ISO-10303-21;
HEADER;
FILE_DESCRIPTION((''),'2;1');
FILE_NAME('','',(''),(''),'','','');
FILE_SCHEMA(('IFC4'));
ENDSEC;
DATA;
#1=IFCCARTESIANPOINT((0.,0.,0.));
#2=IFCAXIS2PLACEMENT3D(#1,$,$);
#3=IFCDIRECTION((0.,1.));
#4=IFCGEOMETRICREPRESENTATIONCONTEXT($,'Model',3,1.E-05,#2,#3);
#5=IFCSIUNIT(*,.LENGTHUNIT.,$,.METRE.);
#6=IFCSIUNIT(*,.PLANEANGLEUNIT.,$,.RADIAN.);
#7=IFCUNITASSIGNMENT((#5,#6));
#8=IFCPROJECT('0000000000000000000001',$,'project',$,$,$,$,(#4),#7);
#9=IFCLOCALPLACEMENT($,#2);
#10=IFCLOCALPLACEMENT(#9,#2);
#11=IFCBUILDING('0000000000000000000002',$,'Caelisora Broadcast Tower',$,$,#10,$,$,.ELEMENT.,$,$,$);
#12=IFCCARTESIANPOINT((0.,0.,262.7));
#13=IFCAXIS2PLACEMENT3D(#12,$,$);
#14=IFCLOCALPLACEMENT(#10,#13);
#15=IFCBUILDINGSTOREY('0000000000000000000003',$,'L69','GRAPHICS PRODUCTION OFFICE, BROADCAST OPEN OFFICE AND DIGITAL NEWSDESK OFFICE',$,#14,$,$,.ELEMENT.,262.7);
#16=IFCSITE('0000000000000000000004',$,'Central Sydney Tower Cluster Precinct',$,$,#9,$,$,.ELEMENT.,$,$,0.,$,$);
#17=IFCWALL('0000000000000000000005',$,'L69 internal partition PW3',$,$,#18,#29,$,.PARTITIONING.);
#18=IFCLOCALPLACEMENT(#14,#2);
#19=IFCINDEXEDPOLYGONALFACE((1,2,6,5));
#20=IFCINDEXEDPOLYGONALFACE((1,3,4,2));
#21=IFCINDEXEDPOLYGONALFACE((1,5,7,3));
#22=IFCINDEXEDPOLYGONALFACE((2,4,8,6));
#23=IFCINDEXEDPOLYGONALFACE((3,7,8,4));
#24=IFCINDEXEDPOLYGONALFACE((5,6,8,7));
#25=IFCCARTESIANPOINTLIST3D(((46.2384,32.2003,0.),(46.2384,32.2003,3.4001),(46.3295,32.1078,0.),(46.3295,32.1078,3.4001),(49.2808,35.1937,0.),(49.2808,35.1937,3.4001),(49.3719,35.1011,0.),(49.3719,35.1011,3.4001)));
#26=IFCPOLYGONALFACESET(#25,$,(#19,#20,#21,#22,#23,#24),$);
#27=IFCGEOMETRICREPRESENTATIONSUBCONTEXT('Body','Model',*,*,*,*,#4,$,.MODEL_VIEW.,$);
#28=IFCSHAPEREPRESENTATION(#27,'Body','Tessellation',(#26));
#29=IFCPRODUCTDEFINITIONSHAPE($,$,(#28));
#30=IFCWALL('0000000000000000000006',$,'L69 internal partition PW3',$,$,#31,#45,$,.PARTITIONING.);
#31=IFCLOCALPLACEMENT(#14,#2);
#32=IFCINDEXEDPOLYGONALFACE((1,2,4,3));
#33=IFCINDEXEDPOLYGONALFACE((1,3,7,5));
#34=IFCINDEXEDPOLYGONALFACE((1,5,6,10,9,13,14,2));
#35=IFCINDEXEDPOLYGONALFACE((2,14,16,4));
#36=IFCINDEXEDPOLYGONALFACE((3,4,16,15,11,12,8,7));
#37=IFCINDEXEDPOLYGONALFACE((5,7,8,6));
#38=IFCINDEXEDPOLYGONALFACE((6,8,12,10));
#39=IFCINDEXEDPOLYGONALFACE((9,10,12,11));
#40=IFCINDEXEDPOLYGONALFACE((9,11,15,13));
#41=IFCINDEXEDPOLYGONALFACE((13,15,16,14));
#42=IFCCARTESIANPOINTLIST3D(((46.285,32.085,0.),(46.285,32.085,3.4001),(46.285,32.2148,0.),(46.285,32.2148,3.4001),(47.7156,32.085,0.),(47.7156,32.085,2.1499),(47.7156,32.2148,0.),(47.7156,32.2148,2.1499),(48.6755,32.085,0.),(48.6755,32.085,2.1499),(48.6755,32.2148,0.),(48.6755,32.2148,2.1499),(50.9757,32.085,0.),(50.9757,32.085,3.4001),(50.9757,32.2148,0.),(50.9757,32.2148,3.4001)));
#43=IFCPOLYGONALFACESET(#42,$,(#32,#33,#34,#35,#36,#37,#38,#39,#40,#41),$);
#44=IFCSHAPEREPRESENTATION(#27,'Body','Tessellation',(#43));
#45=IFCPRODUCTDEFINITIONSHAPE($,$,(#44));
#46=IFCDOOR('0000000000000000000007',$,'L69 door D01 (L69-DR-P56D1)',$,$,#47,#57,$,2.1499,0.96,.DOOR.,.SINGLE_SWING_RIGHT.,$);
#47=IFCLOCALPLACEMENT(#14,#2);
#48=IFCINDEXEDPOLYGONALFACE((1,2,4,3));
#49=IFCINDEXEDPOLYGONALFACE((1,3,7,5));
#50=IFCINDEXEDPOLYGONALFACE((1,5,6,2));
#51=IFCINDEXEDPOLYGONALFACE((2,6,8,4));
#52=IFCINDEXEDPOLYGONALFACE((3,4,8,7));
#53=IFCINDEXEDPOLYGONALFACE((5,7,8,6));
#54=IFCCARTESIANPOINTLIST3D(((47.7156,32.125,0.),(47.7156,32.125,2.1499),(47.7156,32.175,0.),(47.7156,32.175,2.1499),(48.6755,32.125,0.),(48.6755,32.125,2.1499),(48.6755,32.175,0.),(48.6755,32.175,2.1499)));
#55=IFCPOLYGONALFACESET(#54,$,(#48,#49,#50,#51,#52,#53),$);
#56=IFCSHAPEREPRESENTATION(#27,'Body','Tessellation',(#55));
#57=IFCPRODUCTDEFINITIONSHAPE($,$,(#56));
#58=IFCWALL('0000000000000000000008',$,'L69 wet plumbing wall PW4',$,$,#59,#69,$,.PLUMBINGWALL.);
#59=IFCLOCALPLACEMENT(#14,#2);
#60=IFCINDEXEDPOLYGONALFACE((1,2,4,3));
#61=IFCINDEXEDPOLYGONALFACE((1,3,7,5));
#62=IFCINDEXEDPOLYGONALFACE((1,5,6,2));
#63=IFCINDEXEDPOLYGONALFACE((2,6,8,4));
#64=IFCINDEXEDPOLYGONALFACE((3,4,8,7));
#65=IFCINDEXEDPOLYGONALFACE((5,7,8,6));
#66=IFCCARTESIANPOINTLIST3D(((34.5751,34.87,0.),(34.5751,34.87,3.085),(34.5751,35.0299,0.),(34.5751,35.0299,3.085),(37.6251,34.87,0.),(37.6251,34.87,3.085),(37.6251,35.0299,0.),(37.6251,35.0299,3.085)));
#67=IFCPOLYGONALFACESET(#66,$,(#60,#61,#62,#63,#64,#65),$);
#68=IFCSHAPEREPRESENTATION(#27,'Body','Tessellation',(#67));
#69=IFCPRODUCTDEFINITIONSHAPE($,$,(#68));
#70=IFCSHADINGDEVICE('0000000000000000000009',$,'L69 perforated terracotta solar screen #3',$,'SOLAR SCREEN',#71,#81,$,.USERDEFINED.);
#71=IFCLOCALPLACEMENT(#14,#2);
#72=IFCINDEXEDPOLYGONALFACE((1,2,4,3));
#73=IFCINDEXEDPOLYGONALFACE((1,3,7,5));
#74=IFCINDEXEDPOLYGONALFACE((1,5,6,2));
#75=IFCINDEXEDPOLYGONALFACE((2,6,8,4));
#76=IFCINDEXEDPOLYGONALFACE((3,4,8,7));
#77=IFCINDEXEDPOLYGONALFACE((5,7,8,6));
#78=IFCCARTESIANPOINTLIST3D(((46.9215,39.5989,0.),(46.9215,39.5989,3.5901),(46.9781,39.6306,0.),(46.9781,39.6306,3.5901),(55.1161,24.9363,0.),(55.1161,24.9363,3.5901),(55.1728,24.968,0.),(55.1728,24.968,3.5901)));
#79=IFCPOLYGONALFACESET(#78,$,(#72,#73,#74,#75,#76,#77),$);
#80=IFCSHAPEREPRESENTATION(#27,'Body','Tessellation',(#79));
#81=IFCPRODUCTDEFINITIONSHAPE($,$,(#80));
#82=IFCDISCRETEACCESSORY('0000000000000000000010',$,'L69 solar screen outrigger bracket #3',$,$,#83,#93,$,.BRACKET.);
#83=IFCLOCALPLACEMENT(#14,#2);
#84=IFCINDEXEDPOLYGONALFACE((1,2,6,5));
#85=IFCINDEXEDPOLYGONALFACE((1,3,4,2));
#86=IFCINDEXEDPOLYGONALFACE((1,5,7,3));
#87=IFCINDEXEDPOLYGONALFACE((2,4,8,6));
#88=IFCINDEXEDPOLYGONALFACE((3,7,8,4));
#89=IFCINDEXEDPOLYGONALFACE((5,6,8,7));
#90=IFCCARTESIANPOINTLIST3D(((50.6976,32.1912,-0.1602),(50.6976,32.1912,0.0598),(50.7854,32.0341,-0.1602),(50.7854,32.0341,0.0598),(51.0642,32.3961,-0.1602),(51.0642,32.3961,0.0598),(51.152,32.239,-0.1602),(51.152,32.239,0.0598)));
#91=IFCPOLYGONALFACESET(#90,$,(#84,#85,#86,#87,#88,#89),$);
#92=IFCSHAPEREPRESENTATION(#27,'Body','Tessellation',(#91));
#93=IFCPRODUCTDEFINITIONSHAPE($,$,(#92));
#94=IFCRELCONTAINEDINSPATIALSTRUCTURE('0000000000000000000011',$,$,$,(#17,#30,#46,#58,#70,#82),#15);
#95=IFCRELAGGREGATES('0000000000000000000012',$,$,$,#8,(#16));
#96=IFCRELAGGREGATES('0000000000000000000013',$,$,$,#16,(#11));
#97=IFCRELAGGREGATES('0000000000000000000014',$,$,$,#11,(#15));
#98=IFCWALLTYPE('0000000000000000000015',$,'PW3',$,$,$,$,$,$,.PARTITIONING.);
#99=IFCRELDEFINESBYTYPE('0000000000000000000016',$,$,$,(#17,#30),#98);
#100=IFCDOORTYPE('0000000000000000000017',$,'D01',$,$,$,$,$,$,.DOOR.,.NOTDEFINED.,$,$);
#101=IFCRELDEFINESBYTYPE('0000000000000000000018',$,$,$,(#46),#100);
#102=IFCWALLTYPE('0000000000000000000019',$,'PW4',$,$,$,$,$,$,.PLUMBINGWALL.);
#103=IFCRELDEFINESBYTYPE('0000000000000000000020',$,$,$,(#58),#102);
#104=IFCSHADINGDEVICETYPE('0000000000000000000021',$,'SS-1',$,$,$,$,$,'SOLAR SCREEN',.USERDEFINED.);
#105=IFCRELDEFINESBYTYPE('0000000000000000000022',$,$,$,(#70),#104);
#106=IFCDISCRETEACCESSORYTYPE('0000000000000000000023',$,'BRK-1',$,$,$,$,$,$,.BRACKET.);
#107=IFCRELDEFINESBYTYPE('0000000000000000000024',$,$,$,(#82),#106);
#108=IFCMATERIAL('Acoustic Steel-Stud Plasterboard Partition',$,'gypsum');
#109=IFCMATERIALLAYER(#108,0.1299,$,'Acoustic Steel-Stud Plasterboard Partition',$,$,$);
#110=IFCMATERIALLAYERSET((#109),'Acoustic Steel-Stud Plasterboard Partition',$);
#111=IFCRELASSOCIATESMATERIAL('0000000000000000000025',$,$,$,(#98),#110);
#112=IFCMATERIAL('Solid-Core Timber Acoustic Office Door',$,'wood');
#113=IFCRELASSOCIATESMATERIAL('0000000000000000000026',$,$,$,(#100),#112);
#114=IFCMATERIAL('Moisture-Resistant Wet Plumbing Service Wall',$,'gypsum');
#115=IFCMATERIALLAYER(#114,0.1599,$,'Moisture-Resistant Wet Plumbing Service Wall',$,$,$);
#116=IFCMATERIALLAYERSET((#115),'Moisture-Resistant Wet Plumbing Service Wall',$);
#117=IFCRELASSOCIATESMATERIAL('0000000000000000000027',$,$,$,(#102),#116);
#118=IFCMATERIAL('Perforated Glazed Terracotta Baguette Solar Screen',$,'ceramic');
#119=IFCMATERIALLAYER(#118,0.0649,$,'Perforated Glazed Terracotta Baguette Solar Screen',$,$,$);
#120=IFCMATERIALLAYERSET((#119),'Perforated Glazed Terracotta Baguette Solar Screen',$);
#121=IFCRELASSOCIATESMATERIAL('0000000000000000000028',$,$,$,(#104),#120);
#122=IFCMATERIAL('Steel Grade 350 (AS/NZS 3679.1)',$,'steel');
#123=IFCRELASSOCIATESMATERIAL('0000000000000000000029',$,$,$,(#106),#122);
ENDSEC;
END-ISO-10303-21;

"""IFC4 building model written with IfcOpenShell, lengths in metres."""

from ifc_helpers import new_model, si_unit, direction, frame, frame_2d, origin, origin_2d, place, context, subcontext, project, spatial, rectangle, extrude, source, transform, mapped, material, layer, layer_set, type_object, type_shapes, element, fill, save


model = new_model("IFC4")

# Units and contexts
model_context = context("Model", 3, precision=1e-05, world=origin(), true_north=direction((0.0, 1.0)))
body_context = subcontext(model_context, "Body", "Model", "MODEL_VIEW")
ifc_project = project(units=[si_unit("LENGTHUNIT", "METRE"), si_unit("PLANEANGLEUNIT", "RADIAN")], contexts=[model_context])

# Site, building, storey
site_placement = place(None, origin())
site = spatial("IfcSite", under=ifc_project, at=site_placement, Name="Central Sydney Tower Cluster Precinct", CompositionType="ELEMENT", RefElevation=0.0)
building_placement = place(site_placement, origin())
building = spatial("IfcBuilding", under=site, at=building_placement, Name="Caelisora Broadcast Tower", CompositionType="ELEMENT")
storey_placement = place(building_placement, frame((0.0, 0.0, 262.7)))
storey = spatial("IfcBuildingStorey", under=building, at=storey_placement, Name="L69", Description="GRAPHICS PRODUCTION OFFICE, BROADCAST OPEN OFFICE AND DIGITAL NEWSDESK OFFICE", CompositionType="ELEMENT", Elevation=262.7)

# Shared definitions
ifc_material_1 = material(Name="Steel Grade 350 (AS/NZS 3679.1)", Category="steel")

# Shared definitions
ifc_material_2 = material(Name="Acoustic Steel-Stud Plasterboard Partition", Category="gypsum")
ifc_layer_1 = layer(ifc_material_2, 0.1299, Name="Acoustic Steel-Stud Plasterboard Partition")
ifc_layer_set_1 = layer_set([ifc_layer_1], Name="Acoustic Steel-Stud Plasterboard Partition")
wall_type_1 = type_object("IfcWallType", Name="PW3", PredefinedType="PARTITIONING", material=ifc_layer_set_1)
ifc_material_3 = material(Name="Solid-Core Timber Acoustic Office Door", Category="wood")
door_type = type_object("IfcDoorType", Name="D01", OperationType="NOTDEFINED", PredefinedType="DOOR", material=ifc_material_3)

# Wall
wall_1_placement = place(storey_placement, frame((46.2839, 32.1541, 0.0), z_axis=(0.0, 0.0, 1.0), x_axis=(0.712832, 0.701335, 0.0)))
element("IfcWall", 1, at=wall_1_placement, inside=storey, type_object=wall_type_1, Name="L69 internal partition PW3", PredefinedType="PARTITIONING", context=body_context, shape_type="SweptSolid", body=[
    extrude(rectangle(XDim=4.2681, YDim=0.1299, at=frame_2d((2.134, 0.0))), origin(), (0.0, 0.0, 1.0), 3.4001),
])

# Wall, opening, door
wall_2_placement = place(storey_placement, frame((50.9756, 32.1499, 0.0), z_axis=(0.0, 0.0, 1.0), x_axis=(-1.0, 0.0, 0.0)))
wall_2 = element("IfcWall", 2, at=wall_2_placement, inside=storey, type_object=wall_type_1, Name="L69 internal partition PW3", PredefinedType="PARTITIONING", context=body_context, shape_type="SweptSolid", body=[
    extrude(rectangle(XDim=4.6907, YDim=0.1299, at=frame_2d((2.3452, 0.0))), origin(), (0.0, 0.0, 1.0), 3.4001),
])
opening_1_placement = place(wall_2_placement, frame((2.3, 0.0, 0.0)))
opening_1 = element("IfcOpeningElement", 3, at=opening_1_placement, cuts=wall_2, PredefinedType="OPENING", context=body_context, shape_type="SweptSolid", body=[
    extrude(rectangle(XDim=0.96, YDim=2.1499, at=frame_2d((0.48, 1.075))), frame((0.0, 0.0769, 0.0), z_axis=(0.0, -1.0, 0.0), x_axis=(1.0, 0.0, 0.0)), (0.0, 0.0, 1.0), 0.1538),
])
door_1_placement = place(opening_1_placement, origin())
door_1 = element("IfcDoor", 4, at=door_1_placement, inside=storey, type_object=door_type, Name="L69 door D01 (L69-DR-P56D1)", OperationType="SINGLE_SWING_RIGHT", OverallHeight=2.1499, OverallWidth=0.96, PredefinedType="DOOR", context=body_context, shape_type="SweptSolid", body=[
    extrude(rectangle(XDim=0.96, YDim=2.1499, at=frame_2d((0.48, 1.075))), frame((0.0, 0.0249, 0.0), z_axis=(0.0, -1.0, 0.0), x_axis=(1.0, 0.0, 0.0)), (0.0, 0.0, 1.0), 0.05),
])
fill(opening_1, door_1)

# Wall
ifc_material_4 = material(Name="Moisture-Resistant Wet Plumbing Service Wall", Category="gypsum")
ifc_layer_2 = layer(ifc_material_4, 0.1599, Name="Moisture-Resistant Wet Plumbing Service Wall")
ifc_layer_set_2 = layer_set([ifc_layer_2], Name="Moisture-Resistant Wet Plumbing Service Wall")
wall_type_2 = type_object("IfcWallType", Name="PW4", PredefinedType="PLUMBINGWALL", material=ifc_layer_set_2)
wall_3_placement = place(storey_placement, frame((37.625, 34.95, 0.0), z_axis=(0.0, 0.0, 1.0), x_axis=(-1.0, 0.0, 0.0)))
element("IfcWall", 5, at=wall_3_placement, inside=storey, type_object=wall_type_2, Name="L69 wet plumbing wall PW4", PredefinedType="PLUMBINGWALL", context=body_context, shape_type="SweptSolid", body=[
    extrude(rectangle(XDim=3.05, YDim=0.1599, at=frame_2d((1.5249, 0.0))), origin(), (0.0, 0.0, 1.0), 3.085),
])

# Shading device
ifc_material_5 = material(Name="Perforated Glazed Terracotta Baguette Solar Screen", Category="ceramic")
ifc_layer_3 = layer(ifc_material_5, 0.0649, Name="Perforated Glazed Terracotta Baguette Solar Screen")
ifc_layer_set_3 = layer_set([ifc_layer_3], Name="Perforated Glazed Terracotta Baguette Solar Screen")
shading_device_type = type_object("IfcShadingDeviceType", Name="SS-1", ElementType="SOLAR SCREEN", PredefinedType="USERDEFINED", material=ifc_layer_set_3)
shared_shape_1 = source(origin(), body_context, "Body", "SweptSolid", [
    extrude(rectangle(XDim=16.7971, YDim=0.0649, at=origin_2d()), origin(), (0.0, 0.0, 1.0), 3.5901),
])
type_shapes(shading_device_type, [shared_shape_1])
shading_device_placement = place(storey_placement, frame((51.0471, 32.2834, 0.0), z_axis=(0.0, 0.0, 1.0), x_axis=(-0.48786, 0.872922, 0.0)))
element("IfcShadingDevice", 6, at=shading_device_placement, inside=storey, type_object=shading_device_type, Name="L69 perforated terracotta solar screen #3", ObjectType="SOLAR SCREEN", PredefinedType="USERDEFINED", context=body_context, shape_type="MappedRepresentation", body=[
    mapped(shared_shape_1, transform((0.0, 0.0, 0.0), scale=1.0)),
])

# Discrete accessory
discrete_accessory_type = type_object("IfcDiscreteAccessoryType", Name="BRK-1", PredefinedType="BRACKET", material=ifc_material_1)
shared_shape_2 = source(origin(), body_context, "Body", "SweptSolid", [
    extrude(rectangle(XDim=0.1799, YDim=0.4199, at=origin_2d()), origin(), (0.0, 0.0, 1.0), 0.22),
])
type_shapes(discrete_accessory_type, [shared_shape_2])
discrete_accessory_placement = place(storey_placement, frame((50.9248, 32.2151, -0.1602), z_axis=(0.0, 0.0, 1.0), x_axis=(-0.48786, 0.872922, 0.0)))
element("IfcDiscreteAccessory", 7, at=discrete_accessory_placement, inside=storey, type_object=discrete_accessory_type, Name="L69 solar screen outrigger bracket #3", PredefinedType="BRACKET", context=body_context, shape_type="MappedRepresentation", body=[
    mapped(shared_shape_2, transform((0.0, 0.0, 0.0), scale=1.0)),
])

save(model, "model.ifc")
